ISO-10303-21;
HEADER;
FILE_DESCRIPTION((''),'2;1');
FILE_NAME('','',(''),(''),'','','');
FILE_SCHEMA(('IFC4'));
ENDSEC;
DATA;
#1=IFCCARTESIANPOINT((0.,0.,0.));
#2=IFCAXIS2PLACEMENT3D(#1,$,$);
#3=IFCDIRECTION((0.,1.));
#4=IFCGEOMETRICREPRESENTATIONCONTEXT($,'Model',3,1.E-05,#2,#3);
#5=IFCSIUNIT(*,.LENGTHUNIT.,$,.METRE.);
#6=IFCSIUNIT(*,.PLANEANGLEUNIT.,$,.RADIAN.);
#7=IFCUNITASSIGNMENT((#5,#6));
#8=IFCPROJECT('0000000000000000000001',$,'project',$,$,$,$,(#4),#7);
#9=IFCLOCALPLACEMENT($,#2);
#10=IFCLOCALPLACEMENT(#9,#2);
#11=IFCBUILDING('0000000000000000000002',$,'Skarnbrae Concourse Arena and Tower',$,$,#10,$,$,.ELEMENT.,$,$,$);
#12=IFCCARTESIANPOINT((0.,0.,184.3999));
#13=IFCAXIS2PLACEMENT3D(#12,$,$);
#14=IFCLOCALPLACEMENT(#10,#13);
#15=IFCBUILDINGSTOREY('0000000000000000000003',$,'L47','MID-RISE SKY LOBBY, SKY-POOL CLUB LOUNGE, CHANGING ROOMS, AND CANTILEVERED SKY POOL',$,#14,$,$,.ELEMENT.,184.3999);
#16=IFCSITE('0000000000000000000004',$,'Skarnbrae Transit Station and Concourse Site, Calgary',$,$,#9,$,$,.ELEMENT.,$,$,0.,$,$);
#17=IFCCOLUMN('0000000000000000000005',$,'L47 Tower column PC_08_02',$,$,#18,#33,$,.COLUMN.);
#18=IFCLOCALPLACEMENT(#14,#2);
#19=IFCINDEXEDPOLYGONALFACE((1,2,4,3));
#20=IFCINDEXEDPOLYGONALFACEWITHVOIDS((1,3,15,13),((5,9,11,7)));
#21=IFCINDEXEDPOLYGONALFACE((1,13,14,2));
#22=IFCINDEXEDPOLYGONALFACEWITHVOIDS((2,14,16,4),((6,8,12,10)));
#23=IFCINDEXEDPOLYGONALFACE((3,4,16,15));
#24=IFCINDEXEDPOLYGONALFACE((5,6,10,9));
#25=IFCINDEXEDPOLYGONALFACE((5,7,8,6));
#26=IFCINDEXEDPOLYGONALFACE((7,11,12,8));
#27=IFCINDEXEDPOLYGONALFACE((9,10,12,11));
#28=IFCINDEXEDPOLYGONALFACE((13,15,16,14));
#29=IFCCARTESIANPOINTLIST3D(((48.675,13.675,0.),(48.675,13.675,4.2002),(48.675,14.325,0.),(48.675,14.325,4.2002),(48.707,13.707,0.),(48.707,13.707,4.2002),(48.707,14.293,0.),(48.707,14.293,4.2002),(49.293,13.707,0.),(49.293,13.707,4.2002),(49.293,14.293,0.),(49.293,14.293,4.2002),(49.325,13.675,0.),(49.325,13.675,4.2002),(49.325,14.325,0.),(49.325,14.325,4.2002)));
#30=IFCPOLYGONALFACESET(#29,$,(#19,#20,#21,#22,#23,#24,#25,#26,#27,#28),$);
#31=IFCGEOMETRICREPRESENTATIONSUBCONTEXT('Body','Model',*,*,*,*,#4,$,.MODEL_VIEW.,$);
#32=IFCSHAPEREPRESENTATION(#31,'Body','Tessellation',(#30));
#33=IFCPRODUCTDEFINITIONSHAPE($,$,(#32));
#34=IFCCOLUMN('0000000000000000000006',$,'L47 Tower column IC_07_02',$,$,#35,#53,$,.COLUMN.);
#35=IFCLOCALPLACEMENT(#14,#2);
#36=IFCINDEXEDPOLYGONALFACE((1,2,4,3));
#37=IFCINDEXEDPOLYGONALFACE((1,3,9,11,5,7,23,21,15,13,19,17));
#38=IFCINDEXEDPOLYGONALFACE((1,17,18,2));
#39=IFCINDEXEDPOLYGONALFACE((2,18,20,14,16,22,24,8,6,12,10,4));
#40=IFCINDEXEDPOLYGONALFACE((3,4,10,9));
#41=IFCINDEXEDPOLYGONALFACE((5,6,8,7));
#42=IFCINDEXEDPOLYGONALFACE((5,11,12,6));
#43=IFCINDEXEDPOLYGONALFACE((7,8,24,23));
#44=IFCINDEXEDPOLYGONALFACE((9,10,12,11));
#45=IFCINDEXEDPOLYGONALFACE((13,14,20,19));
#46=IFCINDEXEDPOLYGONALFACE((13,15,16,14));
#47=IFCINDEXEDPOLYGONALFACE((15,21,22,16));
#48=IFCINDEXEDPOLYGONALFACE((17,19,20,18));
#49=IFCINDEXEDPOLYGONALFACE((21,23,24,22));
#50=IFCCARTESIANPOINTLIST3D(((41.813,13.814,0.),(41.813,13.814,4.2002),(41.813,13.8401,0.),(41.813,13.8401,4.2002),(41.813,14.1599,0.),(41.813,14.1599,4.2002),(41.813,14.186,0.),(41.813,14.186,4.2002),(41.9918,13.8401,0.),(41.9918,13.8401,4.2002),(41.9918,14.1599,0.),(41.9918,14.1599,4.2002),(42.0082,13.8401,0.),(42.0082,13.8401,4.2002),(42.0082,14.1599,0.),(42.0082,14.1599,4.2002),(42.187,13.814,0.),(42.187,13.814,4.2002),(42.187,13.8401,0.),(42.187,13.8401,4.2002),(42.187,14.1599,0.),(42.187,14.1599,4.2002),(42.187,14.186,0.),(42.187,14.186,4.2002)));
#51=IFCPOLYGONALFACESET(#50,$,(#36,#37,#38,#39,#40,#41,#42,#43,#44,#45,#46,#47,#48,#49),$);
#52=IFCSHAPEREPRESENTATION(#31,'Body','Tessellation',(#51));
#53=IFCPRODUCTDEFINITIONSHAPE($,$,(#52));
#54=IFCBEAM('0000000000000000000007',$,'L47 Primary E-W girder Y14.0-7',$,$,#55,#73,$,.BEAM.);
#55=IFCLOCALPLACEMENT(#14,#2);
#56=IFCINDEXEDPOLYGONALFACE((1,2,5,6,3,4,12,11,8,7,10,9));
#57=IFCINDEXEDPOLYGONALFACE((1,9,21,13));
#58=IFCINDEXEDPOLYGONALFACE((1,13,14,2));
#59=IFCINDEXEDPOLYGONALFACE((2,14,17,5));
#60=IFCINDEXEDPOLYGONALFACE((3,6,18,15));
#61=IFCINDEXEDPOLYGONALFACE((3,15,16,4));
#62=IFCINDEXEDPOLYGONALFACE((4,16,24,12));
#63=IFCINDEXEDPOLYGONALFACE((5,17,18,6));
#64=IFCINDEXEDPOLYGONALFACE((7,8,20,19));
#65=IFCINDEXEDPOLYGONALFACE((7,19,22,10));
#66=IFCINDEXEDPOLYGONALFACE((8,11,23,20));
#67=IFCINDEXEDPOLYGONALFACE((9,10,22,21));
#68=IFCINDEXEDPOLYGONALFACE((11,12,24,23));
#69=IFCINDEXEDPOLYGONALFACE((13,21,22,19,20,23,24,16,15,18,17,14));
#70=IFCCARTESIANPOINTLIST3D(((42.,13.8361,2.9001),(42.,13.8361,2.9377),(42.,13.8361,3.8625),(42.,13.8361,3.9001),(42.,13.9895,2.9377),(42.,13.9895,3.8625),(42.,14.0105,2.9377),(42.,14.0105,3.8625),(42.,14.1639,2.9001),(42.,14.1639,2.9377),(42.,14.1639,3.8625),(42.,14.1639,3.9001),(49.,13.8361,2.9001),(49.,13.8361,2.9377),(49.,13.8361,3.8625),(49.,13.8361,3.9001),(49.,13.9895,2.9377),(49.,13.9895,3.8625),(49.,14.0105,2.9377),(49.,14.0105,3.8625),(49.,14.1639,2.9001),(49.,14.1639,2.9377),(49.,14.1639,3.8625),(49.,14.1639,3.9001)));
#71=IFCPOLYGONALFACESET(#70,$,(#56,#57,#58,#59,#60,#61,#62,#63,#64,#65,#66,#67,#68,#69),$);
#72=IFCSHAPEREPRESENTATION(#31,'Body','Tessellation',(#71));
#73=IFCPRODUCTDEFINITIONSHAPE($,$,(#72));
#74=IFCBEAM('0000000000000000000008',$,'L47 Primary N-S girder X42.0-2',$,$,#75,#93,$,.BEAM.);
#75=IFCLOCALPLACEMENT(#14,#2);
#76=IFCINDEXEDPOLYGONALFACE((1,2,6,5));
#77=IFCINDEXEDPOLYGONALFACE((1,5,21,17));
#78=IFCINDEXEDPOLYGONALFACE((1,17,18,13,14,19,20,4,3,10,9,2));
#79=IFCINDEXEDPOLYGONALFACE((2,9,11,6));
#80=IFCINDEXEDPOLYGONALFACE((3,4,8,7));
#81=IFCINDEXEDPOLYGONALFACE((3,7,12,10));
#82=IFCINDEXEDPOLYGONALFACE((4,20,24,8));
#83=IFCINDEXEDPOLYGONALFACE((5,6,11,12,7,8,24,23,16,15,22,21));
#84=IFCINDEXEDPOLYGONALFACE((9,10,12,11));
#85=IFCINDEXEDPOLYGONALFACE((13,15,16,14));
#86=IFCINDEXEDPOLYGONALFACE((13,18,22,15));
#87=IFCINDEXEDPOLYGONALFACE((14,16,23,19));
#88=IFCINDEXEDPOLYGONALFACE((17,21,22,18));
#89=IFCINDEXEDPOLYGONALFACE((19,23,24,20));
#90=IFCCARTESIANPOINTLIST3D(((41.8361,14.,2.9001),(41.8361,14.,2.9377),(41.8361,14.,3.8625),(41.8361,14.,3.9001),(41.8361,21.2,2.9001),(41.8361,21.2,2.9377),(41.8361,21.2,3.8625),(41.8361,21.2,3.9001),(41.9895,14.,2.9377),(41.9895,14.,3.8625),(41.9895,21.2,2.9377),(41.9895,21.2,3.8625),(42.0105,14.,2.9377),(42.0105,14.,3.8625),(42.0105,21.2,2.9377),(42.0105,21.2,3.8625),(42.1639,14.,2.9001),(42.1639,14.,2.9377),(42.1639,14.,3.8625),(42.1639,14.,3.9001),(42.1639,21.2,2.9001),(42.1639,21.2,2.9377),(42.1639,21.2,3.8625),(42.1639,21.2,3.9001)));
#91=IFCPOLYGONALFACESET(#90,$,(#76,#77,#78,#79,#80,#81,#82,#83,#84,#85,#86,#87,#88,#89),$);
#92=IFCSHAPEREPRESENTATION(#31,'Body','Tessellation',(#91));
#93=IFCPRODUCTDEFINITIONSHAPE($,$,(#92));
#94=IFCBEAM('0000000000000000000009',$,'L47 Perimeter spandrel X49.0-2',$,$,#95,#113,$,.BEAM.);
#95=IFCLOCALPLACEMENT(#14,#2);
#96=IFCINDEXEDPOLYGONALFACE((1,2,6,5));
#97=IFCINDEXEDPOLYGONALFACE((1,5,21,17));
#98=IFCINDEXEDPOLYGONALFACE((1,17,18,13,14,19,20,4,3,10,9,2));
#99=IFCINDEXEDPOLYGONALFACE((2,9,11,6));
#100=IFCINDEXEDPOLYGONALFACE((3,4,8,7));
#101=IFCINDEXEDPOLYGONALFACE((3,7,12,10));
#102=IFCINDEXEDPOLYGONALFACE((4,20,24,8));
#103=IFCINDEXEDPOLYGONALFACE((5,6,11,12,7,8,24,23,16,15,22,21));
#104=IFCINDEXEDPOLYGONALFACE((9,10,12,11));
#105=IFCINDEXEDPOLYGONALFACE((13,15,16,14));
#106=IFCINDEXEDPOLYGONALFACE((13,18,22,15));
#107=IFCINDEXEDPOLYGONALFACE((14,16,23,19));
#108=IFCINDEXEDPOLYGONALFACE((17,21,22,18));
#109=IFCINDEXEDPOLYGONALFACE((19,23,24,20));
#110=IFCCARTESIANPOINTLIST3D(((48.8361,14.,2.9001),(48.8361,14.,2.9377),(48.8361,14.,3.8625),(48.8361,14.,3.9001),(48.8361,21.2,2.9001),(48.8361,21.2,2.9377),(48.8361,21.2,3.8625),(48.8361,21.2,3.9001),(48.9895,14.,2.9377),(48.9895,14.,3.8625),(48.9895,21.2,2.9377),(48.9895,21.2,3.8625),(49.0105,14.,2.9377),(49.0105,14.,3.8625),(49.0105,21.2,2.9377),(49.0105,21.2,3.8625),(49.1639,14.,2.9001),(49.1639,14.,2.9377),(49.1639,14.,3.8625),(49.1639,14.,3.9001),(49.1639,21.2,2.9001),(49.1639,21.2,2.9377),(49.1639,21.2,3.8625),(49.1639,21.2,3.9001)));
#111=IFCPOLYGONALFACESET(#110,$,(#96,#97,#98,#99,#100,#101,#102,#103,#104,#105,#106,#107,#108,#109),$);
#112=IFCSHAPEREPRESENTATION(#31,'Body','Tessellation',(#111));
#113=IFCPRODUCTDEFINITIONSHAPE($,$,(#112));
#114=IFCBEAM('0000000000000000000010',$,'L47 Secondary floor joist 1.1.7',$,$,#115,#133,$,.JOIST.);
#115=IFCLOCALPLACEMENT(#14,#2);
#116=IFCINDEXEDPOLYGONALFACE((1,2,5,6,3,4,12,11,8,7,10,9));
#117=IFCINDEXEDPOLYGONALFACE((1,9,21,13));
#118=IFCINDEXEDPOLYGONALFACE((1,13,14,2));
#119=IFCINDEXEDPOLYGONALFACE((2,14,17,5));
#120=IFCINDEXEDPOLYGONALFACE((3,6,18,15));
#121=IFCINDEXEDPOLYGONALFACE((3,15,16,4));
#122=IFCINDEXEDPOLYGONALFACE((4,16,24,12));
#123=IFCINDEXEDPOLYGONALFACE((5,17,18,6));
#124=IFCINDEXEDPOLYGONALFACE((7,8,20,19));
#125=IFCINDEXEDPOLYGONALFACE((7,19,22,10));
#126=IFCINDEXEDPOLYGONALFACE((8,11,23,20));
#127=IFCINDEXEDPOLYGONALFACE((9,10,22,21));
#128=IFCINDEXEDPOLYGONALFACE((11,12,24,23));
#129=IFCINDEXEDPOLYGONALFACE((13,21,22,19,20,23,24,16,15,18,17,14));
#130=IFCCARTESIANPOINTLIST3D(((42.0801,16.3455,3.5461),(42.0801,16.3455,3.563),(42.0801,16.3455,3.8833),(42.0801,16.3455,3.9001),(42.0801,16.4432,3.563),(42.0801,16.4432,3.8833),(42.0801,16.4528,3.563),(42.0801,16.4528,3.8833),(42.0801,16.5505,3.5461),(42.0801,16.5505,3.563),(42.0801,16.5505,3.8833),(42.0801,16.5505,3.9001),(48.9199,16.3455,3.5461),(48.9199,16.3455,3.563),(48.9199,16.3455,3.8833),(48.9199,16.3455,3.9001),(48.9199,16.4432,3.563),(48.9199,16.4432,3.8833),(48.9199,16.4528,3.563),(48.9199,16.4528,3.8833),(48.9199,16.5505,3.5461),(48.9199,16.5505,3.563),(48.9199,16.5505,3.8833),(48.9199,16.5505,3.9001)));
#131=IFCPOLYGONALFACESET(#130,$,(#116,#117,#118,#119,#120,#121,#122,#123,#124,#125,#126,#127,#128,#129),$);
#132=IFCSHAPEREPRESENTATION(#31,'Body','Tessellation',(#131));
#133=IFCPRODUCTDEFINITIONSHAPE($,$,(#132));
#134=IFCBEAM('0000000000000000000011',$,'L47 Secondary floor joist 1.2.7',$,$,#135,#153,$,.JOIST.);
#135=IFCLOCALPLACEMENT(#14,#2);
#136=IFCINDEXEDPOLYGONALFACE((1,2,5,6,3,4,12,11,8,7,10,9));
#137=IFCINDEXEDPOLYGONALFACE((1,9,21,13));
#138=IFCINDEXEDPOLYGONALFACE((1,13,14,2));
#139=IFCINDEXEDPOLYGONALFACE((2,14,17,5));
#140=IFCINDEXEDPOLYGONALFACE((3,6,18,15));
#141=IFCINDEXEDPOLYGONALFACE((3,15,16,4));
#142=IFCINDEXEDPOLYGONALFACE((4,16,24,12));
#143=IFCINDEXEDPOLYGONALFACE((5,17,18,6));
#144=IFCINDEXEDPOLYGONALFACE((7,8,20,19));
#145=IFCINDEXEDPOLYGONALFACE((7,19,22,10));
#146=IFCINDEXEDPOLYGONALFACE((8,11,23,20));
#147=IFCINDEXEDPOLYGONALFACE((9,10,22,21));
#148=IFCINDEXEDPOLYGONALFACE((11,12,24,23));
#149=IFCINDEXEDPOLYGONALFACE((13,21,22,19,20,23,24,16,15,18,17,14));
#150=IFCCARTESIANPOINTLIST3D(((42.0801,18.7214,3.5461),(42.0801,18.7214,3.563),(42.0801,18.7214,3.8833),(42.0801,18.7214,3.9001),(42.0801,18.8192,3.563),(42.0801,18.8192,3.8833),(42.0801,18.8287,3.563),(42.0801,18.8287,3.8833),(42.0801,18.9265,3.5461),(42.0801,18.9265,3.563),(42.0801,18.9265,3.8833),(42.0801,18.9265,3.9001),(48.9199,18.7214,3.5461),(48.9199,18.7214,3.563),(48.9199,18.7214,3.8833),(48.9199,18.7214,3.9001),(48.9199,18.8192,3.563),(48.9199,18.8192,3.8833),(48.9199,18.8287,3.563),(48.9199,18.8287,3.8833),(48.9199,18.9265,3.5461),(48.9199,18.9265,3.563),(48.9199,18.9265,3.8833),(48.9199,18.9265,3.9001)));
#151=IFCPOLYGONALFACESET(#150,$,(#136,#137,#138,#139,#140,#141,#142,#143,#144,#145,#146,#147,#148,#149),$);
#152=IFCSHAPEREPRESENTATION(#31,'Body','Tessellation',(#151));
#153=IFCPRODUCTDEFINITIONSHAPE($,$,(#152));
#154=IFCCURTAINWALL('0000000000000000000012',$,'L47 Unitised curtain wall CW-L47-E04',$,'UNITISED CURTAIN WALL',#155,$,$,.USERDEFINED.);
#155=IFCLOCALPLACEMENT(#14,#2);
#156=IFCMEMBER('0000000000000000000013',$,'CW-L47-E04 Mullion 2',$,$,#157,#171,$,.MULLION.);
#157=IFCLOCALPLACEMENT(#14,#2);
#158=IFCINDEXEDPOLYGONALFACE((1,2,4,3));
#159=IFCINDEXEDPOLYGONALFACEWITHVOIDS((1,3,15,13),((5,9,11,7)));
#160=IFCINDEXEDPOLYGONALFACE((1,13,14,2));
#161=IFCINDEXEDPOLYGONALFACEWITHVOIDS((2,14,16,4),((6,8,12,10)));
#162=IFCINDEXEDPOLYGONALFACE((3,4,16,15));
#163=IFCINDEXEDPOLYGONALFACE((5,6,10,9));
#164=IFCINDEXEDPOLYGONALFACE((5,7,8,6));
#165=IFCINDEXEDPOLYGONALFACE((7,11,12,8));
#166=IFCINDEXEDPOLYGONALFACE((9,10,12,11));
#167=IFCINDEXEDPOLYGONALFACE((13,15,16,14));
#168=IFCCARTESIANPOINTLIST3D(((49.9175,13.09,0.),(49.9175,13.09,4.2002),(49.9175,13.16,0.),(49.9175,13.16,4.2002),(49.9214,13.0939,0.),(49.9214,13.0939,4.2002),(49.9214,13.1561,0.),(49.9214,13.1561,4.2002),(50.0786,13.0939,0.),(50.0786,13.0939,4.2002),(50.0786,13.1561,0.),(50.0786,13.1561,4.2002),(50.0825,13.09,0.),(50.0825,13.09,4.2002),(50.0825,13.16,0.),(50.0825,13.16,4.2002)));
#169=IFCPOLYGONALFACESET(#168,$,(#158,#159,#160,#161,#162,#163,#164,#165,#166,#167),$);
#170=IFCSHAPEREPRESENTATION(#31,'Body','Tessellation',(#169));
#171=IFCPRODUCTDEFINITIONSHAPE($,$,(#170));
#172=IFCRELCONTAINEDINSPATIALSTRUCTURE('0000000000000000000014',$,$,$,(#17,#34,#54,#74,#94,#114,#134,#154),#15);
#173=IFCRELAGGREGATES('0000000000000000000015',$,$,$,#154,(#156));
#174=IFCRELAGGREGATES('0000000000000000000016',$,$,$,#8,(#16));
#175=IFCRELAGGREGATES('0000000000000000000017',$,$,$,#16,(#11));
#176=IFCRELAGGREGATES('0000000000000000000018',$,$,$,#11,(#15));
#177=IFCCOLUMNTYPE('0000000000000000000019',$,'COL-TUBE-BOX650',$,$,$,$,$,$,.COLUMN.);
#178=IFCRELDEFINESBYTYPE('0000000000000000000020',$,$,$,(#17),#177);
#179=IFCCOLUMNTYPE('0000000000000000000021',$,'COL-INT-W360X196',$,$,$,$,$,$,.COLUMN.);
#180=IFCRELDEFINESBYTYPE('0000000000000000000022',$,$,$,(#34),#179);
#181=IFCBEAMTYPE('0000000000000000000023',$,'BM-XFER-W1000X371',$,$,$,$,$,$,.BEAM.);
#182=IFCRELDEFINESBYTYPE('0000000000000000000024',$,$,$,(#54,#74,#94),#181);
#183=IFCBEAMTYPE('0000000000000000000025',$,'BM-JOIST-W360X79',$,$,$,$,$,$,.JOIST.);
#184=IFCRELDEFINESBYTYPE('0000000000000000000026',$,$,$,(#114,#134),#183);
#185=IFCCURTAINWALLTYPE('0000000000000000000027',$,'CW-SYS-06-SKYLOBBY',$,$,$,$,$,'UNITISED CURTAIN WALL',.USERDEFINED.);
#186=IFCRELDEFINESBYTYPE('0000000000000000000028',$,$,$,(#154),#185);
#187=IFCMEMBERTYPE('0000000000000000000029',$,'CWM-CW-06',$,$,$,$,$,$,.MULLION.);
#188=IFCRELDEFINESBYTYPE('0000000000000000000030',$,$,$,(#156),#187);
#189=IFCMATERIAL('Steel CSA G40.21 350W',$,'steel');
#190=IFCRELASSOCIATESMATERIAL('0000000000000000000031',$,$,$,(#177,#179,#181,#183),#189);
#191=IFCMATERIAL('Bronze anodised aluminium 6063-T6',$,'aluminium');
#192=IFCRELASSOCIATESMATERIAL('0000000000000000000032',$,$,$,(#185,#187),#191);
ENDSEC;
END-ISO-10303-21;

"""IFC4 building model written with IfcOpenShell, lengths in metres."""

from ifc_helpers import new_model, si_unit, direction, frame, origin, origin_2d, place, context, subcontext, project, spatial, hollow_rectangle, i_section, extrude, source, transform, mapped, material, material_profile, profile_set, type_object, element, aggregate, save


model = new_model("IFC4")

# Units and contexts
model_context = context("Model", 3, precision=1e-05, world=origin(), true_north=direction((0.0, 1.0)))
body_context = subcontext(model_context, "Body", "Model", "MODEL_VIEW")
ifc_project = project(units=[si_unit("LENGTHUNIT", "METRE"), si_unit("PLANEANGLEUNIT", "RADIAN")], contexts=[model_context])

# Site, building, storey
site_placement = place(None, origin())
site = spatial("IfcSite", under=ifc_project, at=site_placement, Name="Skarnbrae Transit Station and Concourse Site, Calgary", CompositionType="ELEMENT", RefElevation=0.0)
building_placement = place(site_placement, origin())
building = spatial("IfcBuilding", under=site, at=building_placement, Name="Skarnbrae Concourse Arena and Tower", CompositionType="ELEMENT")
storey_placement = place(building_placement, frame((0.0, 0.0, 184.3999)))
storey = spatial("IfcBuildingStorey", under=building, at=storey_placement, Name="L47", Description="MID-RISE SKY LOBBY, SKY-POOL CLUB LOUNGE, CHANGING ROOMS, AND CANTILEVERED SKY POOL", CompositionType="ELEMENT", Elevation=184.3999)

# Columns
ifc_material_1 = material(Name="Steel CSA G40.21 350W", Category="steel")
ifc_material_profile_1 = material_profile(ifc_material_1, hollow_rectangle(XDim=0.6499, YDim=0.6499, WallThickness=0.032, at=origin_2d()), Name="BOX650X650X32")
ifc_profile_set_1 = profile_set([ifc_material_profile_1], Name="Steel CSA G40.21 350W")
column_type_1 = type_object("IfcColumnType", Name="COL-TUBE-BOX650", PredefinedType="COLUMN", material=ifc_profile_set_1)
shared_shape_1 = source(origin(), body_context, "Body", "SweptSolid", [
    extrude(hollow_rectangle(XDim=0.6499, YDim=0.6499, WallThickness=0.032, at=origin_2d()), origin(), (0.0, 0.0, 1.0), 4.2002),
])
column_1_placement = place(storey_placement, frame((49.0, 14.0, 0.0), z_axis=(0.0, 0.0, 1.0), x_axis=(1.0, 0.0, 0.0)))
element("IfcColumn", 1, at=column_1_placement, inside=storey, type_object=column_type_1, Name="L47 Tower column PC_08_02", PredefinedType="COLUMN", context=body_context, shape_type="MappedRepresentation", body=[
    mapped(shared_shape_1, transform((0.0, 0.0, 0.0))),
])
ifc_material_profile_2 = material_profile(ifc_material_1, i_section(OverallWidth=0.374, OverallDepth=0.3721, WebThickness=0.0164, FlangeThickness=0.0261, at=origin_2d()), Name="W360X196")
ifc_profile_set_2 = profile_set([ifc_material_profile_2], Name="Steel CSA G40.21 350W")
column_type_2 = type_object("IfcColumnType", Name="COL-INT-W360X196", PredefinedType="COLUMN", material=ifc_profile_set_2)
shared_shape_2 = source(origin(), body_context, "Body", "SweptSolid", [
    extrude(i_section(OverallWidth=0.374, OverallDepth=0.3721, WebThickness=0.0164, FlangeThickness=0.0261, at=origin_2d()), origin(), (0.0, 0.0, 1.0), 4.2002),
])
column_2_placement = place(storey_placement, frame((42.0, 14.0, 0.0), z_axis=(0.0, 0.0, 1.0), x_axis=(1.0, 0.0, 0.0)))
element("IfcColumn", 2, at=column_2_placement, inside=storey, type_object=column_type_2, Name="L47 Tower column IC_07_02", PredefinedType="COLUMN", context=body_context, shape_type="MappedRepresentation", body=[
    mapped(shared_shape_2, transform((0.0, 0.0, 0.0))),
])

# Beams
ifc_material_profile_3 = material_profile(ifc_material_1, i_section(OverallWidth=0.3279, OverallDepth=1.0, WebThickness=0.021, FlangeThickness=0.0376, at=origin_2d()), Name="W1000X371")
ifc_profile_set_3 = profile_set([ifc_material_profile_3], Name="Steel CSA G40.21 350W")
beam_type_1 = type_object("IfcBeamType", Name="BM-XFER-W1000X371", PredefinedType="BEAM", material=ifc_profile_set_3)
shared_shape_3 = source(origin(), body_context, "Body", "SweptSolid", [
    extrude(i_section(OverallWidth=0.3279, OverallDepth=1.0, WebThickness=0.021, FlangeThickness=0.0376, at=origin_2d()), origin(), (0.0, 0.0, 1.0), 7.0),
])
beam_placement = place(storey_placement, frame((42.0, 14.0, 3.4001), z_axis=(1.0, 0.0, 0.0), x_axis=(0.0, 1.0, 0.0)))
element("IfcBeam", 3, at=beam_placement, inside=storey, type_object=beam_type_1, Name="L47 Primary E-W girder Y14.0-7", PredefinedType="BEAM", context=body_context, shape_type="MappedRepresentation", body=[
    mapped(shared_shape_3, transform((0.0, 0.0, 0.0))),
])
shared_shape_4 = source(origin(), body_context, "Body", "SweptSolid", [
    extrude(i_section(OverallWidth=0.3279, OverallDepth=1.0, WebThickness=0.021, FlangeThickness=0.0376, at=origin_2d()), origin(), (0.0, 0.0, 1.0), 7.2),
])
for number, where, z_axis, x_axis, name in (
    (4, (42.0, 14.0, 3.4001), (0.0, 1.0, 0.0), (-1.0, 0.0, 0.0), "L47 Primary N-S girder X42.0-2"),
    (5, (49.0, 14.0, 3.4001), (0.0, 1.0, 0.0), (-1.0, 0.0, 0.0), "L47 Perimeter spandrel X49.0-2"),
):
    element("IfcBeam", number, at=place(storey_placement, frame(where, z_axis=z_axis, x_axis=x_axis)), inside=storey, type_object=beam_type_1, Name=name, PredefinedType="BEAM", context=body_context, shape_type="MappedRepresentation", body=[
        mapped(shared_shape_4, transform((0.0, 0.0, 0.0))),
    ])
ifc_material_profile_4 = material_profile(ifc_material_1, i_section(OverallWidth=0.2051, OverallDepth=0.354, WebThickness=0.0095, FlangeThickness=0.0168, at=origin_2d()), Name="W360X79")
ifc_profile_set_4 = profile_set([ifc_material_profile_4], Name="Steel CSA G40.21 350W")
beam_type_2 = type_object("IfcBeamType", Name="BM-JOIST-W360X79", PredefinedType="JOIST", material=ifc_profile_set_4)
shared_shape_5 = source(origin(), body_context, "Body", "SweptSolid", [
    extrude(i_section(OverallWidth=0.2051, OverallDepth=0.354, WebThickness=0.0095, FlangeThickness=0.0168, at=origin_2d()), origin(), (0.0, 0.0, 1.0), 6.8398),
])
for number, where, z_axis, x_axis, name in (
    (6, (42.0801, 16.448, 3.7231), (1.0, 0.0, 0.0), (0.0, 1.0, 0.0), "L47 Secondary floor joist 1.1.7"),
    (7, (42.0801, 18.824, 3.7231), (1.0, 0.0, 0.0), (0.0, 1.0, 0.0), "L47 Secondary floor joist 1.2.7"),
):
    element("IfcBeam", number, at=place(storey_placement, frame(where, z_axis=z_axis, x_axis=x_axis)), inside=storey, type_object=beam_type_2, Name=name, PredefinedType="JOIST", context=body_context, shape_type="MappedRepresentation", body=[
        mapped(shared_shape_5, transform((0.0, 0.0, 0.0))),
    ])

# Curtain wall, member
ifc_material_2 = material(Name="Bronze anodised aluminium 6063-T6", Category="aluminium")
curtain_wall_type = type_object("IfcCurtainWallType", Name="CW-SYS-06-SKYLOBBY", ElementType="UNITISED CURTAIN WALL", PredefinedType="USERDEFINED", material=ifc_material_2)
curtain_wall_placement = place(storey_placement, origin())
curtain_wall = element("IfcCurtainWall", 8, at=curtain_wall_placement, inside=storey, type_object=curtain_wall_type, Name="L47 Unitised curtain wall CW-L47-E04", ObjectType="UNITISED CURTAIN WALL", PredefinedType="USERDEFINED")
ifc_material_profile_5 = material_profile(ifc_material_2, hollow_rectangle(XDim=0.0701, YDim=0.165, WallThickness=0.0039, at=origin_2d()), Name="ALU-MULL-70X165")
ifc_profile_set_5 = profile_set([ifc_material_profile_5], Name="Bronze anodised aluminium 6063-T6")
member_type_1 = type_object("IfcMemberType", Name="CWM-CW-06", PredefinedType="MULLION", material=ifc_profile_set_5)
shared_shape_6 = source(origin(), body_context, "Body", "SweptSolid", [
    extrude(hollow_rectangle(XDim=0.0701, YDim=0.165, WallThickness=0.0039, at=origin_2d()), origin(), (0.0, 0.0, 1.0), 4.2002),
])
member_1_placement = place(storey_placement, frame((50.0, 13.125, 0.0), z_axis=(0.0, 0.0, 1.0), x_axis=(0.0, 1.0, 0.0)))
member_1 = element("IfcMember", 9, at=member_1_placement, type_object=member_type_1, Name="CW-L47-E04 Mullion 2", PredefinedType="MULLION", context=body_context, shape_type="MappedRepresentation", body=[
    mapped(shared_shape_6, transform((0.0, 0.0, 0.0))),
])

aggregate(curtain_wall, [member_1])

save(model, "model.ifc")
